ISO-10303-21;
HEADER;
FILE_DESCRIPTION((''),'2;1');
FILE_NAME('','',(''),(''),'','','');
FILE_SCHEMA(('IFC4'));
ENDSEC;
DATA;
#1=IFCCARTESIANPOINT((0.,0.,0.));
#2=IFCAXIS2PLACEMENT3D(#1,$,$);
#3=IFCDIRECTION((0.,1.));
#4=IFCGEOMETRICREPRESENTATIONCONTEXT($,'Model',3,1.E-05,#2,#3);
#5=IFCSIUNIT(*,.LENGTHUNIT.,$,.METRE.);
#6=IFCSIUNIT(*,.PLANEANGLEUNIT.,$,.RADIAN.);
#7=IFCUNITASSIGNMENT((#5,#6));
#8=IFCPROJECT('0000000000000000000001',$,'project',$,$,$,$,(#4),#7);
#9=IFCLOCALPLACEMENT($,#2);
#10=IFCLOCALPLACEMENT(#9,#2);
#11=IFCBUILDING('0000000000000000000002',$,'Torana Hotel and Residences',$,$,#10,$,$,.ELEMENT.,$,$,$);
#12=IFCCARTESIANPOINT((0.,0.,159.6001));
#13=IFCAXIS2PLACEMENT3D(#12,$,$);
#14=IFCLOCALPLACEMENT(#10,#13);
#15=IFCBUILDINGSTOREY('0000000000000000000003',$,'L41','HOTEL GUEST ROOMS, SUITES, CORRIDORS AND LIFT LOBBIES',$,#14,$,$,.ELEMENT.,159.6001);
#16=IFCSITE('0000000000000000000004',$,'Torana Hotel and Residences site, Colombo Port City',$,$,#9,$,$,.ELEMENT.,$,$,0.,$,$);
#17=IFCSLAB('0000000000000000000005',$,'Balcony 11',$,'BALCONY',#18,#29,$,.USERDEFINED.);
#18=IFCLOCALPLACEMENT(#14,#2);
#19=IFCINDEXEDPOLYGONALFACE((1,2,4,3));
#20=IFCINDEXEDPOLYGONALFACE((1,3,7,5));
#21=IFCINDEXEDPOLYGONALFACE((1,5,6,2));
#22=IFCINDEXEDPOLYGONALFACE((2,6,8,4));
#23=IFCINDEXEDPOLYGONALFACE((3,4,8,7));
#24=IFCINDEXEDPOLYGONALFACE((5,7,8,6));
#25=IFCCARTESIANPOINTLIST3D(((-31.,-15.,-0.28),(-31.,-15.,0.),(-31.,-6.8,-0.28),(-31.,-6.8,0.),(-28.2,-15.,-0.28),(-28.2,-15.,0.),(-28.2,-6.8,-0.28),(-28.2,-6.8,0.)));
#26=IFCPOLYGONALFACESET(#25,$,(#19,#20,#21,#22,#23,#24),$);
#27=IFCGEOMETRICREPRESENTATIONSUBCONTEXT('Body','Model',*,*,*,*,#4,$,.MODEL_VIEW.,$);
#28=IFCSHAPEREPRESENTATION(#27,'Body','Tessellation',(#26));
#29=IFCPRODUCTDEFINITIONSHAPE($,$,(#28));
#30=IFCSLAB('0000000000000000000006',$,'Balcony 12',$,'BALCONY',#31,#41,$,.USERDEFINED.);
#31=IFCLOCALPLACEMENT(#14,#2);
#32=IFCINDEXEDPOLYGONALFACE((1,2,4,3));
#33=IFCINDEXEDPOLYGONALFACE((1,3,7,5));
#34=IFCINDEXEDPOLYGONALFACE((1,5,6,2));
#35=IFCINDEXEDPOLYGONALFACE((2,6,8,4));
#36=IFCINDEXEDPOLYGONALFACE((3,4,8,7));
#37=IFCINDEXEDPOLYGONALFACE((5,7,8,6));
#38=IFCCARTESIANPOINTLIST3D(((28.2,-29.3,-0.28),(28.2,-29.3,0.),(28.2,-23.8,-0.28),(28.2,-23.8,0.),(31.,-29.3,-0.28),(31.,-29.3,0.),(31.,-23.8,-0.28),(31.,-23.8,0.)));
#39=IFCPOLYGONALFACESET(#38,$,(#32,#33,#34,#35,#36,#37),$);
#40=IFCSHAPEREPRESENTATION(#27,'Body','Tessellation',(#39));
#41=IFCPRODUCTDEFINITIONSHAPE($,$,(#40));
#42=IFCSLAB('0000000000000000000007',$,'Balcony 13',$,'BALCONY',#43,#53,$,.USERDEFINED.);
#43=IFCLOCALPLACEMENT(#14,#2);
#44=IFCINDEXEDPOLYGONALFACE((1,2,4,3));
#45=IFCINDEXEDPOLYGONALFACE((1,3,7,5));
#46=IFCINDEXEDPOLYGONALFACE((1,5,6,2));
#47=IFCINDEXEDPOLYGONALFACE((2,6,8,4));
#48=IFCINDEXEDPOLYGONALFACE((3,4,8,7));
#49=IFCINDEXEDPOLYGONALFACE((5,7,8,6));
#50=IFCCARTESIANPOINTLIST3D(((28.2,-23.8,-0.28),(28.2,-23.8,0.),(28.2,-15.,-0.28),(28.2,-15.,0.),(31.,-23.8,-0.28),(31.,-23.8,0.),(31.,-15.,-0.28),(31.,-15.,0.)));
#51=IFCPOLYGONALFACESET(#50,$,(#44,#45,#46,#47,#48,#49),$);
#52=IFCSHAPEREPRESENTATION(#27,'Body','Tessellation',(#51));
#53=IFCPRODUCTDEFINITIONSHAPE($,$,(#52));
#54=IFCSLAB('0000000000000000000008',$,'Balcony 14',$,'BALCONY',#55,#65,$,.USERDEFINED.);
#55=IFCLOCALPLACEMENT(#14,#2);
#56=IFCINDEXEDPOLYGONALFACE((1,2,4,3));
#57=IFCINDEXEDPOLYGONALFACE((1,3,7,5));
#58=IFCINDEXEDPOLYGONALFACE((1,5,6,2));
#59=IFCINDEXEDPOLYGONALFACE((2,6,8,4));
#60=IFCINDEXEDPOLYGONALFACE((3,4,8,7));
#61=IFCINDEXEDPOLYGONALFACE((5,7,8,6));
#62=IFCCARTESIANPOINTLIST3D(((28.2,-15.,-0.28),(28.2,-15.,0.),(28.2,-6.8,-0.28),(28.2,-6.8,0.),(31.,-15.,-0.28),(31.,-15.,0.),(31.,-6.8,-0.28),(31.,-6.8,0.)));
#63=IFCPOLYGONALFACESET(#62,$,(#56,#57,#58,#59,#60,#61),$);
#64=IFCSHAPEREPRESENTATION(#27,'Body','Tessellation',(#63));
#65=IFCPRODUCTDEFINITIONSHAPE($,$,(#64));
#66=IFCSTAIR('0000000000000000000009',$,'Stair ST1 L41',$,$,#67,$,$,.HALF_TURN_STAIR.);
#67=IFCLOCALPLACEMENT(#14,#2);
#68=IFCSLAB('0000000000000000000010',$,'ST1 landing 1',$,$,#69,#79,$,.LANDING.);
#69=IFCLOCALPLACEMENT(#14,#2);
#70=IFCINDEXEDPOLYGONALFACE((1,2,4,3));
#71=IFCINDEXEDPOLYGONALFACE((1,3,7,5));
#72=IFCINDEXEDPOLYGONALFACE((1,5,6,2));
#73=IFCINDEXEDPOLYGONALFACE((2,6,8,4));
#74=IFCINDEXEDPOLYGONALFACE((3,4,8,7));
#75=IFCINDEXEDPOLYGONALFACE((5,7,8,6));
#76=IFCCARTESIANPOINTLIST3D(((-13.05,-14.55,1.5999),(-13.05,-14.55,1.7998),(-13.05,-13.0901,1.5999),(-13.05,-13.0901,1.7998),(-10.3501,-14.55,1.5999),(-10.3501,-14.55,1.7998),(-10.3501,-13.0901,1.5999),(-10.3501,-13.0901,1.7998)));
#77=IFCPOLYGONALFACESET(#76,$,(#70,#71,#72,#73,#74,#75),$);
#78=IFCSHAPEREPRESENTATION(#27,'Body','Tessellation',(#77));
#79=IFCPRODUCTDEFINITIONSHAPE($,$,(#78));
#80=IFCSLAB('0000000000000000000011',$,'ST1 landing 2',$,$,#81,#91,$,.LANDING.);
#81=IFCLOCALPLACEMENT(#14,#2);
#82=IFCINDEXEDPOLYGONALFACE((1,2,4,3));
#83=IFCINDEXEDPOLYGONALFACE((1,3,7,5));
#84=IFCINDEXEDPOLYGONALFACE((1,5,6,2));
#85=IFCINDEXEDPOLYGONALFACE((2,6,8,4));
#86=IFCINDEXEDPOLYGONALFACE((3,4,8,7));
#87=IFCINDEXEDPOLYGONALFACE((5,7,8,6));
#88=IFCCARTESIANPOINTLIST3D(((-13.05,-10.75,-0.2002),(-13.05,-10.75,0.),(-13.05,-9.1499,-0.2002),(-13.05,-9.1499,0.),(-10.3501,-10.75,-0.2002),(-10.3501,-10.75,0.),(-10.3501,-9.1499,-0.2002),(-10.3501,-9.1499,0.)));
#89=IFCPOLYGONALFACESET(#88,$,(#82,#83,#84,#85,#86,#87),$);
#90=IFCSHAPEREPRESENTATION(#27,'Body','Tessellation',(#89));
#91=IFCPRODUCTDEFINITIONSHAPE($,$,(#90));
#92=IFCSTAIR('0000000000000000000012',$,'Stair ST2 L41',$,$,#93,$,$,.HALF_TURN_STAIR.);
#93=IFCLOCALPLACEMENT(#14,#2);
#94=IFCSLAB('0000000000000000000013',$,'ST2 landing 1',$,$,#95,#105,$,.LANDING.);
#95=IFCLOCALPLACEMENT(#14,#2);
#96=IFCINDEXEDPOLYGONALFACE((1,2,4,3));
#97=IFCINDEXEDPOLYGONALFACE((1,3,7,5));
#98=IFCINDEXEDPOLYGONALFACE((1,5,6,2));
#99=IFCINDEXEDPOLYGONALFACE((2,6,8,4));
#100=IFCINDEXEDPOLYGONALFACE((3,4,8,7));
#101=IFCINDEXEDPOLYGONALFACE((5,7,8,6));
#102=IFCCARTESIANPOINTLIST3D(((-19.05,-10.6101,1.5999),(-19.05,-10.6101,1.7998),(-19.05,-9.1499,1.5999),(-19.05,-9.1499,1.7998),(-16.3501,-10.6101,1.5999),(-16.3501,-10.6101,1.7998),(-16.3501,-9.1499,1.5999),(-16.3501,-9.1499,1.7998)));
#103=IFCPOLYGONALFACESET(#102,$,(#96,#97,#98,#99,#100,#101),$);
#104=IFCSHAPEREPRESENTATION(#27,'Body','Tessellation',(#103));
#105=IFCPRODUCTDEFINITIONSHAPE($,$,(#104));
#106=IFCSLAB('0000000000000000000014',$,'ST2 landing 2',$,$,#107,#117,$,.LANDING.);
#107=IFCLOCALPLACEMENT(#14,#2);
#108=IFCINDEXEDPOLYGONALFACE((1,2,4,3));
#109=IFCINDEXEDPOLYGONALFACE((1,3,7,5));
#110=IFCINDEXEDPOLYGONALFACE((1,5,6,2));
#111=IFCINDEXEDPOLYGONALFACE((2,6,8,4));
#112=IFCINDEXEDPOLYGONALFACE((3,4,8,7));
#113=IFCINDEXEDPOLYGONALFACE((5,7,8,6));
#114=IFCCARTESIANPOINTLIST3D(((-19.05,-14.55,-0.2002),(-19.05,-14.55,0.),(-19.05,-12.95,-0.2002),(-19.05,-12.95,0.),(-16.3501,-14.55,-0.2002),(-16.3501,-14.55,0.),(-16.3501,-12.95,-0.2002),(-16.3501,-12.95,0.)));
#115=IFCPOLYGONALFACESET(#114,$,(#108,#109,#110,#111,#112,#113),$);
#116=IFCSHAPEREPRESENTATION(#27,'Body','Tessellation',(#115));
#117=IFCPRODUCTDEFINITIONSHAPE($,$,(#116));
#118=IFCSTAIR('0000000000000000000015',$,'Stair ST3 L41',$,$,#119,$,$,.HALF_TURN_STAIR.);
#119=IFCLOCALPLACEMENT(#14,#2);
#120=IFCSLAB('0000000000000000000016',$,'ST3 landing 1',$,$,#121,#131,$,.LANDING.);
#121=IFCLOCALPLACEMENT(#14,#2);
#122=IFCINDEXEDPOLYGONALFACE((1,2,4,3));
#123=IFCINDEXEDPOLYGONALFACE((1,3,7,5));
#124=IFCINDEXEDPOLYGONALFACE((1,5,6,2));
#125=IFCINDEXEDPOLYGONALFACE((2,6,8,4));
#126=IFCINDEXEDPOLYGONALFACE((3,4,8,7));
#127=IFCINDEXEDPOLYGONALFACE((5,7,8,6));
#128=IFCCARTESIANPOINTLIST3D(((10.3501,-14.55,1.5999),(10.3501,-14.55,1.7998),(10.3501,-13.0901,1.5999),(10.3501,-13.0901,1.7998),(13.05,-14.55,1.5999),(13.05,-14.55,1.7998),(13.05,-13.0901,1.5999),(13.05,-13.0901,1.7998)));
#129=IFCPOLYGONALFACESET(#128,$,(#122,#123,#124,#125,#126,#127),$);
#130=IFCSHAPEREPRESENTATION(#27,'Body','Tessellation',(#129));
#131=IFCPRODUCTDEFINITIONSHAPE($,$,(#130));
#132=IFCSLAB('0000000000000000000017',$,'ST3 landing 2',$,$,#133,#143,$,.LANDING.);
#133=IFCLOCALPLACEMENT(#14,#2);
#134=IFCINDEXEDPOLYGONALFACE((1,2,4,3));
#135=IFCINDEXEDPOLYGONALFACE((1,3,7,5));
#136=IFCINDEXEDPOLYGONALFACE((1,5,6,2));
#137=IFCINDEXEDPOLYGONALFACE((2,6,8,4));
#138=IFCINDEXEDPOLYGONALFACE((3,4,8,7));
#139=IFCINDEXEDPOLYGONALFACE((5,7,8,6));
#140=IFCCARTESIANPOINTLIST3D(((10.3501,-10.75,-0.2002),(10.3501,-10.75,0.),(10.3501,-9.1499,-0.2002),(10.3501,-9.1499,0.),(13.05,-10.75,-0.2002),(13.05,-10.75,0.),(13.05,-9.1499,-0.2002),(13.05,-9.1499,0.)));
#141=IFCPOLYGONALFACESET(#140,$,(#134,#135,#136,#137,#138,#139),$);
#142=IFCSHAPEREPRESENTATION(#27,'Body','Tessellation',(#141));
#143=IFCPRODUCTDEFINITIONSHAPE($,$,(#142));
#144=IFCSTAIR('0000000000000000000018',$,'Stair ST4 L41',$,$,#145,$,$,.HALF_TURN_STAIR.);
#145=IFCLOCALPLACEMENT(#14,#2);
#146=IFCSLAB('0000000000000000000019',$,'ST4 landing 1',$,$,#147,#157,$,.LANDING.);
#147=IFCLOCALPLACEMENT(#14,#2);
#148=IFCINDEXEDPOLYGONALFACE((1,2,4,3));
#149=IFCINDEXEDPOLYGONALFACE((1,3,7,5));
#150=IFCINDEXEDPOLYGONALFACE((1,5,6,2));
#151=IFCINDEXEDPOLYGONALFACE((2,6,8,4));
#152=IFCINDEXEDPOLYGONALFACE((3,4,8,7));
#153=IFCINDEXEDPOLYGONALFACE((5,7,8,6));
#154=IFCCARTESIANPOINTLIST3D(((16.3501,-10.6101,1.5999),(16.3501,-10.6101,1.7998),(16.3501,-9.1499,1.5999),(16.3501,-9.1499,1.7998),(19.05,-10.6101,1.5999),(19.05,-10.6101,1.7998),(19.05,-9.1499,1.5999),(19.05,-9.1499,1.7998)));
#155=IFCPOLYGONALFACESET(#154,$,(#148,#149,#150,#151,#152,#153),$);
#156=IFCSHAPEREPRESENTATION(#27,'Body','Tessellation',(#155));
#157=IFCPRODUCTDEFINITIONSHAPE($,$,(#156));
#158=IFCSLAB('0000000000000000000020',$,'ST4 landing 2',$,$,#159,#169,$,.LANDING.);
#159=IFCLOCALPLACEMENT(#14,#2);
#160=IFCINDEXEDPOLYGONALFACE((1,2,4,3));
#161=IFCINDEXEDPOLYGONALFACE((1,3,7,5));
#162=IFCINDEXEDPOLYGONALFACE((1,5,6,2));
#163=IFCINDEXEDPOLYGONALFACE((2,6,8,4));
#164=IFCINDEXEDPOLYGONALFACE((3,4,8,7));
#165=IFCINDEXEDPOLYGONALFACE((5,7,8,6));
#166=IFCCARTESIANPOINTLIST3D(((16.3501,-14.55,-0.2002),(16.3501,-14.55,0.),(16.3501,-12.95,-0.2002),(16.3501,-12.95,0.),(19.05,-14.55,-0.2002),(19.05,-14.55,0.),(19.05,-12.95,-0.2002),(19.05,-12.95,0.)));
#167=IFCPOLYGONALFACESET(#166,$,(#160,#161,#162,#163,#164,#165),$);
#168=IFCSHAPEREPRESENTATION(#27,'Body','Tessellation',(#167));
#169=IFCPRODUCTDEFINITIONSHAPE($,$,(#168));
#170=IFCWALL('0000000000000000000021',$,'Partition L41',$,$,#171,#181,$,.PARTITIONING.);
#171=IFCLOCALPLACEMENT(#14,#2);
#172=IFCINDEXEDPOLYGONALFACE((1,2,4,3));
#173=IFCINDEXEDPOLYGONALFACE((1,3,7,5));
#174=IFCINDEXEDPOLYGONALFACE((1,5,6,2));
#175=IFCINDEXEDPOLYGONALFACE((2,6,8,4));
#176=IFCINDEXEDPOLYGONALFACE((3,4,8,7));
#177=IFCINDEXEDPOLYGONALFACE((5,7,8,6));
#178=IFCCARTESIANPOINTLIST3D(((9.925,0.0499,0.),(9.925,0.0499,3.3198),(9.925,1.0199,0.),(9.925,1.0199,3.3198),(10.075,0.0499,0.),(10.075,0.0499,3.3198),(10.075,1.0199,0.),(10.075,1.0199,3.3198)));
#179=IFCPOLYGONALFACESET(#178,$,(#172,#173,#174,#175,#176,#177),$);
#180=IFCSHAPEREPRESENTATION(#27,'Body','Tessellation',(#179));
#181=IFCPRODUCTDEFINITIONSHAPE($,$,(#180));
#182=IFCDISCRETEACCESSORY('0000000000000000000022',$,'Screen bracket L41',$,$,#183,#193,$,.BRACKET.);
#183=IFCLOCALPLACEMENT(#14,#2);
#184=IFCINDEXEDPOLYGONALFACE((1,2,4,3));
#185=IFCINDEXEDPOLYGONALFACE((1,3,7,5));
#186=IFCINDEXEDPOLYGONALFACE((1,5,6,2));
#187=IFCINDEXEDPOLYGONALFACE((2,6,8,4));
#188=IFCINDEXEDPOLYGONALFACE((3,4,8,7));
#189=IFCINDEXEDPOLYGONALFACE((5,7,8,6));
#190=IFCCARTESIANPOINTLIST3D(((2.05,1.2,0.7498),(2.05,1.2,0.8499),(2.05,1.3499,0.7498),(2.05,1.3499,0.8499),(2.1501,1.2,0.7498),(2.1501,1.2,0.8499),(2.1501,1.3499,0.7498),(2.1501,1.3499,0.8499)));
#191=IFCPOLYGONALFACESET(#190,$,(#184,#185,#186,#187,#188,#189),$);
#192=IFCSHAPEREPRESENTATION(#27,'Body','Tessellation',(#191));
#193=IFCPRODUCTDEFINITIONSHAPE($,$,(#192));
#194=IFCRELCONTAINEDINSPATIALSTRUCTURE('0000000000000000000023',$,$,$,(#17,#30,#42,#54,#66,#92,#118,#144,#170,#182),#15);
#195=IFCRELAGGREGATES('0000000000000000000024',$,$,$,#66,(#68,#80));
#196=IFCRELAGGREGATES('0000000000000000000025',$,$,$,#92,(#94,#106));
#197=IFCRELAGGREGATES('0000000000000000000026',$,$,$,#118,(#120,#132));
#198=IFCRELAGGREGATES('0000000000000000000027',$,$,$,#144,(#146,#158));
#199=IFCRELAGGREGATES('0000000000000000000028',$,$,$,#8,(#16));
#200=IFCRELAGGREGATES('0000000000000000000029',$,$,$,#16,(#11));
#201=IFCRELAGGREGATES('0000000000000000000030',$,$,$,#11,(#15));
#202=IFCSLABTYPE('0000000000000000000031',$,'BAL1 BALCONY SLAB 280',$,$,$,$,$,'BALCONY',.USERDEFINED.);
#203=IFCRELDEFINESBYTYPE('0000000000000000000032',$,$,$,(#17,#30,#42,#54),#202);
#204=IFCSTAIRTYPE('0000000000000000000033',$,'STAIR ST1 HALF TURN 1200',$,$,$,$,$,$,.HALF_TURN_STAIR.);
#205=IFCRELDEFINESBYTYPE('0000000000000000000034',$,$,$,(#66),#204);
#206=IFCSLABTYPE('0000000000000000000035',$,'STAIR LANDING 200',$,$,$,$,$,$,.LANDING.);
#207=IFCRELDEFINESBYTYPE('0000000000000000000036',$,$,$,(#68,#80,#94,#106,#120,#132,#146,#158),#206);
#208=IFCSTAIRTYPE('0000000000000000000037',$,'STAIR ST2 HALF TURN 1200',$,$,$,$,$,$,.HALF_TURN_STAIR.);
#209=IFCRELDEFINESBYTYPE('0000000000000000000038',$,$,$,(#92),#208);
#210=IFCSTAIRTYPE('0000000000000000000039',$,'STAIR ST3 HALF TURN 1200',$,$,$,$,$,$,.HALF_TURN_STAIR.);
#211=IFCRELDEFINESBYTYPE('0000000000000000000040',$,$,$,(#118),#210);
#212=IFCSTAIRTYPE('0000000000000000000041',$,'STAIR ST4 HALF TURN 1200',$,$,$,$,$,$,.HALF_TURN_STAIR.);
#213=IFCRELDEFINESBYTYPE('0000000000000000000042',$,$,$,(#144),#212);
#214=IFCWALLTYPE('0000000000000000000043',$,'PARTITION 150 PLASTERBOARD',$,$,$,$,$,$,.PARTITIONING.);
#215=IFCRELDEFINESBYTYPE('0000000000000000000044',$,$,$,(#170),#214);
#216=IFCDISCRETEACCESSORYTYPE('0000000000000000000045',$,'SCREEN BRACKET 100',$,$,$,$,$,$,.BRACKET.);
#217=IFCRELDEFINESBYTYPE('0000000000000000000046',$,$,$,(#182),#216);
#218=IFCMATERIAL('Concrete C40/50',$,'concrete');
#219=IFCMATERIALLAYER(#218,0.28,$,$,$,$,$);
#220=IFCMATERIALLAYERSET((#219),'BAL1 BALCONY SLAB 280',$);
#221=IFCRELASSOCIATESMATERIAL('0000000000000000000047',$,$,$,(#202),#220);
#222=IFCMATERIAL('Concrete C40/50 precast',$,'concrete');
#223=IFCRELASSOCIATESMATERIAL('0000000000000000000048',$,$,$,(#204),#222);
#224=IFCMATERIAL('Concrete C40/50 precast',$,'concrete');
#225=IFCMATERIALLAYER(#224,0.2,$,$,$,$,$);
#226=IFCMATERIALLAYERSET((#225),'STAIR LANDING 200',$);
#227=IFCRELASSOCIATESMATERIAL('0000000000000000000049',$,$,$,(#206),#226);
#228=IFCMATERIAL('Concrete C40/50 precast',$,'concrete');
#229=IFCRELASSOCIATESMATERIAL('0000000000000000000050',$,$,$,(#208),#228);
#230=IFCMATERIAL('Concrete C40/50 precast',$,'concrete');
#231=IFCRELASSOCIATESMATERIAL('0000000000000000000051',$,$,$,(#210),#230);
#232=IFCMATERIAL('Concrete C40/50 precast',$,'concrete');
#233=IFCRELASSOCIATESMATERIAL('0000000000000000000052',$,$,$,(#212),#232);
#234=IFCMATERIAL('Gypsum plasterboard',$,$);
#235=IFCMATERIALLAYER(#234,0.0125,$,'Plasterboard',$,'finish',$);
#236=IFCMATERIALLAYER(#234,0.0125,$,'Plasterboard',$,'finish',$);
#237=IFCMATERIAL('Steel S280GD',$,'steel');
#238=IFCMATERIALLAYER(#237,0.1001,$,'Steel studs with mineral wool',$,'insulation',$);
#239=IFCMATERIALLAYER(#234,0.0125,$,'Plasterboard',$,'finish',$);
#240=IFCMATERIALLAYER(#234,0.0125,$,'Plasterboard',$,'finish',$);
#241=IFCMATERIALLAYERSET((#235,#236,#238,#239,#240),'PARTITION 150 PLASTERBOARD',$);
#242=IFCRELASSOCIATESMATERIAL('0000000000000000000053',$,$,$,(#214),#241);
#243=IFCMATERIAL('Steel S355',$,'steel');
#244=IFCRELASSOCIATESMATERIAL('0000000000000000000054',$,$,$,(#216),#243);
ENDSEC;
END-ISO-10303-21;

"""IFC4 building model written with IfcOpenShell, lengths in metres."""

from ifc_helpers import new_model, si_unit, direction, frame, frame_2d, origin, origin_2d, place, context, subcontext, project, spatial, polyline, rectangle, outline, extrude, material, layer, layer_set, type_object, element, aggregate, save


model = new_model("IFC4")

# Units and contexts
model_context = context("Model", 3, precision=1e-05, world=origin(), true_north=direction((0.0, 1.0)))
body_context = subcontext(model_context, "Body", "Model", "MODEL_VIEW")
ifc_project = project(units=[si_unit("LENGTHUNIT", "METRE"), si_unit("PLANEANGLEUNIT", "RADIAN")], contexts=[model_context])

# Site, building, storey
site_placement = place(None, origin())
site = spatial("IfcSite", under=ifc_project, at=site_placement, Name="Torana Hotel and Residences site, Colombo Port City", CompositionType="ELEMENT", RefElevation=0.0)
building_placement = place(site_placement, origin())
building = spatial("IfcBuilding", under=site, at=building_placement, Name="Torana Hotel and Residences", CompositionType="ELEMENT")
storey_placement = place(building_placement, frame((0.0, 0.0, 159.6001)))
storey = spatial("IfcBuildingStorey", under=building, at=storey_placement, Name="L41", Description="HOTEL GUEST ROOMS, SUITES, CORRIDORS AND LIFT LOBBIES", CompositionType="ELEMENT", Elevation=159.6001)

# Slabs
ifc_material_1 = material(Name="Concrete C40/50", Category="concrete")
ifc_layer_1 = layer(ifc_material_1, 0.28)
ifc_layer_set_1 = layer_set([ifc_layer_1], Name="BAL1 BALCONY SLAB 280")
slab_type_1 = type_object("IfcSlabType", Name="BAL1 BALCONY SLAB 280", ElementType="BALCONY", PredefinedType="USERDEFINED", material=ifc_layer_set_1)
slab_1_placement = place(storey_placement, frame((0.0, 0.0, -0.28)))
element("IfcSlab", 1, at=slab_1_placement, inside=storey, type_object=slab_type_1, Name="Balcony 11", ObjectType="BALCONY", PredefinedType="USERDEFINED", context=body_context, shape_type="SweptSolid", body=[
    extrude(outline(polyline([(-31.0, -15.0), (-28.2, -15.0), (-28.2, -6.8), (-31.0, -6.8), (-31.0, -15.0)])), origin(), (0.0, 0.0, 1.0), 0.28),
])
slab_2_placement = place(storey_placement, frame((0.0, 0.0, -0.28)))
element("IfcSlab", 2, at=slab_2_placement, inside=storey, type_object=slab_type_1, Name="Balcony 12", ObjectType="BALCONY", PredefinedType="USERDEFINED", context=body_context, shape_type="SweptSolid", body=[
    extrude(outline(polyline([(28.2, -29.3), (31.0, -29.3), (31.0, -23.8), (28.2, -23.8), (28.2, -29.3)])), origin(), (0.0, 0.0, 1.0), 0.28),
])
slab_3_placement = place(storey_placement, frame((0.0, 0.0, -0.28)))
element("IfcSlab", 3, at=slab_3_placement, inside=storey, type_object=slab_type_1, Name="Balcony 13", ObjectType="BALCONY", PredefinedType="USERDEFINED", context=body_context, shape_type="SweptSolid", body=[
    extrude(outline(polyline([(28.2, -23.8), (31.0, -23.8), (31.0, -15.0), (28.2, -15.0), (28.2, -23.8)])), origin(), (0.0, 0.0, 1.0), 0.28),
])
slab_4_placement = place(storey_placement, frame((0.0, 0.0, -0.28)))
element("IfcSlab", 4, at=slab_4_placement, inside=storey, type_object=slab_type_1, Name="Balcony 14", ObjectType="BALCONY", PredefinedType="USERDEFINED", context=body_context, shape_type="SweptSolid", body=[
    extrude(outline(polyline([(28.2, -15.0), (31.0, -15.0), (31.0, -6.8), (28.2, -6.8), (28.2, -15.0)])), origin(), (0.0, 0.0, 1.0), 0.28),
])

# Stairs, slabs
ifc_material_2 = material(Name="Concrete C40/50 precast", Category="concrete")
stair_type_1 = type_object("IfcStairType", Name="STAIR ST1 HALF TURN 1200", PredefinedType="HALF_TURN_STAIR", material=ifc_material_2)
stair_1_placement = place(storey_placement, origin())
stair_1 = element("IfcStair", 5, at=stair_1_placement, inside=storey, type_object=stair_type_1, Name="Stair ST1 L41", PredefinedType="HALF_TURN_STAIR")
ifc_material_3 = material(Name="Concrete C40/50 precast", Category="concrete")
ifc_layer_2 = layer(ifc_material_3, 0.2)
ifc_layer_set_2 = layer_set([ifc_layer_2], Name="STAIR LANDING 200")
slab_type_2 = type_object("IfcSlabType", Name="STAIR LANDING 200", PredefinedType="LANDING", material=ifc_layer_set_2)
slab_5_placement = place(storey_placement, frame((0.0, 0.0, 1.5999)))
slab_5 = element("IfcSlab", 6, at=slab_5_placement, type_object=slab_type_2, Name="ST1 landing 1", PredefinedType="LANDING", context=body_context, shape_type="SweptSolid", body=[
    extrude(outline(polyline([(-13.05, -14.55), (-10.3501, -14.55), (-10.3501, -13.0901), (-13.05, -13.0901), (-13.05, -14.55)])), origin(), (0.0, 0.0, 1.0), 0.2),
])
slab_6_placement = place(storey_placement, frame((0.0, 0.0, -0.2002)))
slab_6 = element("IfcSlab", 7, at=slab_6_placement, type_object=slab_type_2, Name="ST1 landing 2", PredefinedType="LANDING", context=body_context, shape_type="SweptSolid", body=[
    extrude(outline(polyline([(-13.05, -10.75), (-10.3501, -10.75), (-10.3501, -9.1499), (-13.05, -9.1499), (-13.05, -10.75)])), origin(), (0.0, 0.0, 1.0), 0.2002),
])
aggregate(stair_1, [slab_5, slab_6])
ifc_material_4 = material(Name="Concrete C40/50 precast", Category="concrete")
stair_type_2 = type_object("IfcStairType", Name="STAIR ST2 HALF TURN 1200", PredefinedType="HALF_TURN_STAIR", material=ifc_material_4)
stair_2_placement = place(storey_placement, origin())
stair_2 = element("IfcStair", 8, at=stair_2_placement, inside=storey, type_object=stair_type_2, Name="Stair ST2 L41", PredefinedType="HALF_TURN_STAIR")
slab_7_placement = place(storey_placement, frame((0.0, 0.0, 1.5999)))
slab_7 = element("IfcSlab", 9, at=slab_7_placement, type_object=slab_type_2, Name="ST2 landing 1", PredefinedType="LANDING", context=body_context, shape_type="SweptSolid", body=[
    extrude(outline(polyline([(-19.05, -10.6101), (-16.3501, -10.6101), (-16.3501, -9.1499), (-19.05, -9.1499), (-19.05, -10.6101)])), origin(), (0.0, 0.0, 1.0), 0.2),
])
slab_8_placement = place(storey_placement, frame((0.0, 0.0, -0.2002)))
slab_8 = element("IfcSlab", 10, at=slab_8_placement, type_object=slab_type_2, Name="ST2 landing 2", PredefinedType="LANDING", context=body_context, shape_type="SweptSolid", body=[
    extrude(outline(polyline([(-19.05, -14.55), (-16.3501, -14.55), (-16.3501, -12.95), (-19.05, -12.95), (-19.05, -14.55)])), origin(), (0.0, 0.0, 1.0), 0.2002),
])
aggregate(stair_2, [slab_7, slab_8])
ifc_material_5 = material(Name="Concrete C40/50 precast", Category="concrete")
stair_type_3 = type_object("IfcStairType", Name="STAIR ST3 HALF TURN 1200", PredefinedType="HALF_TURN_STAIR", material=ifc_material_5)
stair_3_placement = place(storey_placement, origin())
stair_3 = element("IfcStair", 11, at=stair_3_placement, inside=storey, type_object=stair_type_3, Name="Stair ST3 L41", PredefinedType="HALF_TURN_STAIR")
slab_9_placement = place(storey_placement, frame((0.0, 0.0, 1.5999)))
slab_9 = element("IfcSlab", 12, at=slab_9_placement, type_object=slab_type_2, Name="ST3 landing 1", PredefinedType="LANDING", context=body_context, shape_type="SweptSolid", body=[
    extrude(outline(polyline([(10.3501, -14.55), (13.05, -14.55), (13.05, -13.0901), (10.3501, -13.0901), (10.3501, -14.55)])), origin(), (0.0, 0.0, 1.0), 0.2),
])
slab_10_placement = place(storey_placement, frame((0.0, 0.0, -0.2002)))
slab_10 = element("IfcSlab", 13, at=slab_10_placement, type_object=slab_type_2, Name="ST3 landing 2", PredefinedType="LANDING", context=body_context, shape_type="SweptSolid", body=[
    extrude(outline(polyline([(10.3501, -10.75), (13.05, -10.75), (13.05, -9.1499), (10.3501, -9.1499), (10.3501, -10.75)])), origin(), (0.0, 0.0, 1.0), 0.2002),
])
aggregate(stair_3, [slab_9, slab_10])
ifc_material_6 = material(Name="Concrete C40/50 precast", Category="concrete")
stair_type_4 = type_object("IfcStairType", Name="STAIR ST4 HALF TURN 1200", PredefinedType="HALF_TURN_STAIR", material=ifc_material_6)
stair_4_placement = place(storey_placement, origin())
stair_4 = element("IfcStair", 14, at=stair_4_placement, inside=storey, type_object=stair_type_4, Name="Stair ST4 L41", PredefinedType="HALF_TURN_STAIR")
slab_11_placement = place(storey_placement, frame((0.0, 0.0, 1.5999)))
slab_11 = element("IfcSlab", 15, at=slab_11_placement, type_object=slab_type_2, Name="ST4 landing 1", PredefinedType="LANDING", context=body_context, shape_type="SweptSolid", body=[
    extrude(outline(polyline([(16.3501, -10.6101), (19.05, -10.6101), (19.05, -9.1499), (16.3501, -9.1499), (16.3501, -10.6101)])), origin(), (0.0, 0.0, 1.0), 0.2),
])
slab_12_placement = place(storey_placement, frame((0.0, 0.0, -0.2002)))
slab_12 = element("IfcSlab", 16, at=slab_12_placement, type_object=slab_type_2, Name="ST4 landing 2", PredefinedType="LANDING", context=body_context, shape_type="SweptSolid", body=[
    extrude(outline(polyline([(16.3501, -14.55), (19.05, -14.55), (19.05, -12.95), (16.3501, -12.95), (16.3501, -14.55)])), origin(), (0.0, 0.0, 1.0), 0.2002),
])
aggregate(stair_4, [slab_11, slab_12])

# Wall
ifc_material_7 = material(Name="Gypsum plasterboard")
ifc_layer_3 = layer(ifc_material_7, 0.0125, Name="Plasterboard", Category="finish")
ifc_layer_4 = layer(ifc_material_7, 0.0125, Name="Plasterboard", Category="finish")
ifc_material_8 = material(Name="Steel S280GD", Category="steel")
ifc_layer_5 = layer(ifc_material_8, 0.1001, Name="Steel studs with mineral wool", Category="insulation")
ifc_layer_6 = layer(ifc_material_7, 0.0125, Name="Plasterboard", Category="finish")
ifc_layer_7 = layer(ifc_material_7, 0.0125, Name="Plasterboard", Category="finish")
ifc_layer_set_3 = layer_set([ifc_layer_3, ifc_layer_4, ifc_layer_5, ifc_layer_6, ifc_layer_7], Name="PARTITION 150 PLASTERBOARD")
wall_type = type_object("IfcWallType", Name="PARTITION 150 PLASTERBOARD", PredefinedType="PARTITIONING", material=ifc_layer_set_3)
wall_placement = place(storey_placement, frame((10.0, 0.05, 0.0), z_axis=(0.0, 0.0, 1.0), x_axis=(0.0, 1.0, 0.0)))
element("IfcWall", 17, at=wall_placement, inside=storey, type_object=wall_type, Name="Partition L41", PredefinedType="PARTITIONING", context=body_context, shape_type="SweptSolid", body=[
    extrude(rectangle(XDim=0.97, YDim=0.1499, at=frame_2d((0.4849, 0.0))), origin(), (0.0, 0.0, 1.0), 3.3198),
])

# Discrete accessory
ifc_material_9 = material(Name="Steel S355", Category="steel")
discrete_accessory_type = type_object("IfcDiscreteAccessoryType", Name="SCREEN BRACKET 100", PredefinedType="BRACKET", material=ifc_material_9)
for number, where, z_axis, x_axis, name in (
    (18, (2.1001, 1.2749, 0.7498), (0.0, 0.0, 1.0), (-1.0, 0.0, 0.0), "Screen bracket L41"),
):
    element("IfcDiscreteAccessory", number, at=place(storey_placement, frame(where, z_axis=z_axis, x_axis=x_axis)), inside=storey, type_object=discrete_accessory_type, Name=name, PredefinedType="BRACKET", context=body_context, shape_type="SweptSolid", body=[
        extrude(rectangle(XDim=0.1001, YDim=0.1499, at=origin_2d()), origin(), (0.0, 0.0, 1.0), 0.1001),
    ])

save(model, "model.ifc")
